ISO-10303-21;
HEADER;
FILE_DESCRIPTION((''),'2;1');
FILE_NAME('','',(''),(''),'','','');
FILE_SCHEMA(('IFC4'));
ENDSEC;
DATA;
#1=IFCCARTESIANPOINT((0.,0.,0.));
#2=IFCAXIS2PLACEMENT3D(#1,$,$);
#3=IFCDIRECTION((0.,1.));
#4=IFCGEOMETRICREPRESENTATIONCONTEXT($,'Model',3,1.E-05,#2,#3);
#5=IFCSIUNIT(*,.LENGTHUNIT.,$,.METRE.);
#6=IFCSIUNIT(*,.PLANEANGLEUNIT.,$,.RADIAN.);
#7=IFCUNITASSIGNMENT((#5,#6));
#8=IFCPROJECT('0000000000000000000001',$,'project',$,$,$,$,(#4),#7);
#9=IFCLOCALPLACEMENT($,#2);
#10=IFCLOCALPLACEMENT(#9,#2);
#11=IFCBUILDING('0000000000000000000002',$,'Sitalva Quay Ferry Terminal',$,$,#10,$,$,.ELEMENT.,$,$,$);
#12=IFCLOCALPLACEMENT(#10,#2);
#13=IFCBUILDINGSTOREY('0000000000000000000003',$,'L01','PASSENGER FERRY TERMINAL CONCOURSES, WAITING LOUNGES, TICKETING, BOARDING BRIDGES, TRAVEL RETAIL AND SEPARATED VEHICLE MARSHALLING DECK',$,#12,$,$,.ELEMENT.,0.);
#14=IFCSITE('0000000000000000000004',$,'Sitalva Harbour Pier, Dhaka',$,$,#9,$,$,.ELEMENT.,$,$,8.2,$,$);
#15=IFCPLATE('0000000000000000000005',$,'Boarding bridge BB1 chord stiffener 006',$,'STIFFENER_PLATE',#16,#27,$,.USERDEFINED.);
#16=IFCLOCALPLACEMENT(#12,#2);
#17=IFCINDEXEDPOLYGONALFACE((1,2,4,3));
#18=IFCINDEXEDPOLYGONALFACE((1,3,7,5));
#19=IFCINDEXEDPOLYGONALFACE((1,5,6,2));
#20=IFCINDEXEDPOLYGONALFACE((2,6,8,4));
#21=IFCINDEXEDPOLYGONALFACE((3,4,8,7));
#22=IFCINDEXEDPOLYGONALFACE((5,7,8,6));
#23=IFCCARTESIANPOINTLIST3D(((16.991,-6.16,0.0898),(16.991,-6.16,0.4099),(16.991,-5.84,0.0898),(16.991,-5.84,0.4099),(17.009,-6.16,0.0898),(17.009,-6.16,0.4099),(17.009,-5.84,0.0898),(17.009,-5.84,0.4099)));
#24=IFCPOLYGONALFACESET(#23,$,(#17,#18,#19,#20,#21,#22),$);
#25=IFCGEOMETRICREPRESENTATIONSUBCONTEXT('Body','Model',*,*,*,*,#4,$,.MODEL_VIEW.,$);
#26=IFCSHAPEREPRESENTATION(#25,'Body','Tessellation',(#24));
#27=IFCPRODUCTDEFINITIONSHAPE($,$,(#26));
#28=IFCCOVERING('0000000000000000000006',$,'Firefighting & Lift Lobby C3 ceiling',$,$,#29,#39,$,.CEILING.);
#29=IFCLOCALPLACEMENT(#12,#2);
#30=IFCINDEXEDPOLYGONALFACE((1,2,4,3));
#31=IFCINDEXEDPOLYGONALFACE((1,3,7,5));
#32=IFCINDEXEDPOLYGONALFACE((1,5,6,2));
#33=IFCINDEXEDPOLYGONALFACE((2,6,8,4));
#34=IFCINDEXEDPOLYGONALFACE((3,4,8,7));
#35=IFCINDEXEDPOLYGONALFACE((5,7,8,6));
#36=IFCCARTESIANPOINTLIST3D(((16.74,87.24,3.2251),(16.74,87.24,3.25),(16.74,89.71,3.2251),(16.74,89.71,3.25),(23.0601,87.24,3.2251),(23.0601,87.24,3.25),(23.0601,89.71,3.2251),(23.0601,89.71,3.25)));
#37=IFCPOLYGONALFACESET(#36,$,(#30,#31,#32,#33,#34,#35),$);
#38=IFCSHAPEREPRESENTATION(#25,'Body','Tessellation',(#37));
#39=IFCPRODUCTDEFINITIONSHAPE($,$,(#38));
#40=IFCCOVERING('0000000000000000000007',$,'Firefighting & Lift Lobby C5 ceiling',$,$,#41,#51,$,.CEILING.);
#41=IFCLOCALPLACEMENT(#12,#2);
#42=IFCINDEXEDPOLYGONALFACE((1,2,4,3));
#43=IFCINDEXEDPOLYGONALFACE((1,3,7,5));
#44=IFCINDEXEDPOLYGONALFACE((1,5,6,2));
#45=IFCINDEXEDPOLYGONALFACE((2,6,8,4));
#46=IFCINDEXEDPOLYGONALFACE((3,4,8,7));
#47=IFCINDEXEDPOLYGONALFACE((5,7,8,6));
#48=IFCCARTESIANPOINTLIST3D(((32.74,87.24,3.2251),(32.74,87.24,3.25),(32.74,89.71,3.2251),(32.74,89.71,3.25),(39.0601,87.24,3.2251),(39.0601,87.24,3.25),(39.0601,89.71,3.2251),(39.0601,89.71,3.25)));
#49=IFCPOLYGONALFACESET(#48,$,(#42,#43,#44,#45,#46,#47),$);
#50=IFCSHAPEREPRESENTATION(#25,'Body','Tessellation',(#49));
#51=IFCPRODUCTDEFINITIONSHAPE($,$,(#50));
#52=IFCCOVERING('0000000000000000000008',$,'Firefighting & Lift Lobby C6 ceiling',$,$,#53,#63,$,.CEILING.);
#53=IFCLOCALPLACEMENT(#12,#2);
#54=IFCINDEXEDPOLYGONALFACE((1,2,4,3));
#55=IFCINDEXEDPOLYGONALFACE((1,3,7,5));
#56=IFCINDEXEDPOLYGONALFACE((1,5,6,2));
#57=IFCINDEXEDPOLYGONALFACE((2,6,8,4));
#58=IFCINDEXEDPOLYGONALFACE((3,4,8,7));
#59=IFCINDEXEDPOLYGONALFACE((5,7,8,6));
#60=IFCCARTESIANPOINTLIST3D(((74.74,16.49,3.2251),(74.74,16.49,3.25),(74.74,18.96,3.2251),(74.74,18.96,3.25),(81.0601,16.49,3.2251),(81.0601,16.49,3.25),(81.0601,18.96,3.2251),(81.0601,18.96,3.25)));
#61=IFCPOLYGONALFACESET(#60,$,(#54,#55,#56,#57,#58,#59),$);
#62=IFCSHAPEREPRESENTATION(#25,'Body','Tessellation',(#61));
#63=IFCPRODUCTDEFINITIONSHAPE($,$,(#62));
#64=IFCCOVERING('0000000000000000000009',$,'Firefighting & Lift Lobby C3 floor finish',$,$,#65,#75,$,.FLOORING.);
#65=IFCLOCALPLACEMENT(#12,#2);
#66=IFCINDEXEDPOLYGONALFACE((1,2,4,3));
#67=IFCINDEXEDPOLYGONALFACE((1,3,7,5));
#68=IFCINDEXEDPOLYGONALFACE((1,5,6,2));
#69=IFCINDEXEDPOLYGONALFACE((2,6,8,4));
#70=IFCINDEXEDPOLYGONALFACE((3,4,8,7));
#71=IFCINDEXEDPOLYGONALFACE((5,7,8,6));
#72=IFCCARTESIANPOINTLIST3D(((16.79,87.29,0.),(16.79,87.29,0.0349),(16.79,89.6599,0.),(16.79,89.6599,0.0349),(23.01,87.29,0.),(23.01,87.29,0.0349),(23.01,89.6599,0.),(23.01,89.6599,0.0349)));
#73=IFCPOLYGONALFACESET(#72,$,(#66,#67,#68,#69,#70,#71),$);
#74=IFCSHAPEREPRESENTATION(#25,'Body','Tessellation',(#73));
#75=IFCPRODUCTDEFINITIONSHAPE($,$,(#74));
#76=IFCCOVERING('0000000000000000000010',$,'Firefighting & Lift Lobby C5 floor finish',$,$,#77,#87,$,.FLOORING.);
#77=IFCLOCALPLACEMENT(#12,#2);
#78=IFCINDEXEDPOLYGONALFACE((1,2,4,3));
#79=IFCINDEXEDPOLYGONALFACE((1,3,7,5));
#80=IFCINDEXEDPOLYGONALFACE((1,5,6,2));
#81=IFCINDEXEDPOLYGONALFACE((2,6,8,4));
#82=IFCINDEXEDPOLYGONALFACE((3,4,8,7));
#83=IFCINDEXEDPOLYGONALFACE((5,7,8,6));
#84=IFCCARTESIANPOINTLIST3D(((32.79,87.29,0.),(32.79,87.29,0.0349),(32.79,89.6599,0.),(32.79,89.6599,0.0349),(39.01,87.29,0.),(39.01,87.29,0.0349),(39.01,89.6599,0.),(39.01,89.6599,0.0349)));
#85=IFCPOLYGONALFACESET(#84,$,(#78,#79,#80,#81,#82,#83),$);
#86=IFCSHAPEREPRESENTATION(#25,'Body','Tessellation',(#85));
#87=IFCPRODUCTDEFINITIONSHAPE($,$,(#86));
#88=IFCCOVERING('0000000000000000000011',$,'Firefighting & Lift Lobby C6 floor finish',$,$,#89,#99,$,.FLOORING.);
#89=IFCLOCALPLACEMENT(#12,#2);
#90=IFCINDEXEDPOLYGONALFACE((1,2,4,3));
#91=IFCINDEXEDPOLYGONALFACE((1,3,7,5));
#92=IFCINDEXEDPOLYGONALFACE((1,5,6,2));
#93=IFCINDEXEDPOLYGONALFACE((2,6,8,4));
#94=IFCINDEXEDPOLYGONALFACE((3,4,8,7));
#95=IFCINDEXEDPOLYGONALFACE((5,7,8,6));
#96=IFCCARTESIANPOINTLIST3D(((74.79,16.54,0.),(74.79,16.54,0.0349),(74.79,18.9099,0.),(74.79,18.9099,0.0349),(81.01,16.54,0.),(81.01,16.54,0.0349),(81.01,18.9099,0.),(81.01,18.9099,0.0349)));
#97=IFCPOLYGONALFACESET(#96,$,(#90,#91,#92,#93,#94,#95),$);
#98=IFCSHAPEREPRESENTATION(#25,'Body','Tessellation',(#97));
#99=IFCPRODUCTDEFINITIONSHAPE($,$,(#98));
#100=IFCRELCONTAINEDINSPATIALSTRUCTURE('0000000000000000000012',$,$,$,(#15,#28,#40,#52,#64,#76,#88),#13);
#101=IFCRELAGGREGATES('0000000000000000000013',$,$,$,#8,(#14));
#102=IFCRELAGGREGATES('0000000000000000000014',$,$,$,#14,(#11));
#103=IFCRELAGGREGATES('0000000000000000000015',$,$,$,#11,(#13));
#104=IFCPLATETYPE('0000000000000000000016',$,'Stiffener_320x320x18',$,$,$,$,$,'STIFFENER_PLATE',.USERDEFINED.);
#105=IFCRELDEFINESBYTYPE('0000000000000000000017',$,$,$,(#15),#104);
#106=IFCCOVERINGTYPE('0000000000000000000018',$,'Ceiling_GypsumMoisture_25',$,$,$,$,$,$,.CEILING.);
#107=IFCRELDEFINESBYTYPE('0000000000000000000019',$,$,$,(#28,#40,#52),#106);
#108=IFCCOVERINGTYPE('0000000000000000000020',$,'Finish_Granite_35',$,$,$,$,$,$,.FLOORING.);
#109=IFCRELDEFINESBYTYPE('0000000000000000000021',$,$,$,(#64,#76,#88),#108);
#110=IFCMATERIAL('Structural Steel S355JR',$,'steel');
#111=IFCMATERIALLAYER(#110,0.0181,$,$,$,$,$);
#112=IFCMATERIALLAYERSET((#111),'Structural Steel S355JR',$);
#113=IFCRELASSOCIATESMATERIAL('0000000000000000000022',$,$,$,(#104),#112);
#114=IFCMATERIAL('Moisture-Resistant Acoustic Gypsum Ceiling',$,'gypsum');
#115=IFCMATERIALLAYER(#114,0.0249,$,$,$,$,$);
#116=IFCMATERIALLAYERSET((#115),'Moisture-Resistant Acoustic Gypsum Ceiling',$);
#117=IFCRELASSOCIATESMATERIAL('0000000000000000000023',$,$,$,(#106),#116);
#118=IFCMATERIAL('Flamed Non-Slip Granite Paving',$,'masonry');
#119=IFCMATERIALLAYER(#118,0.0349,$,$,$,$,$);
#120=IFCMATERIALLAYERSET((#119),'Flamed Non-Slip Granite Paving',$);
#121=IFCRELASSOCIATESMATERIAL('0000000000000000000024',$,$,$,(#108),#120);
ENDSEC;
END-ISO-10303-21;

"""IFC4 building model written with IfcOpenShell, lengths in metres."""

from ifc_helpers import new_model, si_unit, direction, frame, origin, origin_2d, place, context, subcontext, project, spatial, polyline, rectangle, outline, extrude, material, layer, layer_set, type_object, element, save


model = new_model("IFC4")

# Units and contexts
model_context = context("Model", 3, precision=1e-05, world=origin(), true_north=direction((0.0, 1.0)))
body_context = subcontext(model_context, "Body", "Model", "MODEL_VIEW")
ifc_project = project(units=[si_unit("LENGTHUNIT", "METRE"), si_unit("PLANEANGLEUNIT", "RADIAN")], contexts=[model_context])

# Site, building, storey
site_placement = place(None, origin())
site = spatial("IfcSite", under=ifc_project, at=site_placement, Name="Sitalva Harbour Pier, Dhaka", CompositionType="ELEMENT", RefElevation=8.2)
building_placement = place(site_placement, origin())
building = spatial("IfcBuilding", under=site, at=building_placement, Name="Sitalva Quay Ferry Terminal", CompositionType="ELEMENT")
storey_placement = place(building_placement, origin())
storey = spatial("IfcBuildingStorey", under=building, at=storey_placement, Name="L01", Description="PASSENGER FERRY TERMINAL CONCOURSES, WAITING LOUNGES, TICKETING, BOARDING BRIDGES, TRAVEL RETAIL AND SEPARATED VEHICLE MARSHALLING DECK", CompositionType="ELEMENT", Elevation=0.0)

# Plate
ifc_material_1 = material(Name="Structural Steel S355JR", Category="steel")
ifc_layer_1 = layer(ifc_material_1, 0.0181)
ifc_layer_set_1 = layer_set([ifc_layer_1], Name="Structural Steel S355JR")
plate_type_1 = type_object("IfcPlateType", Name="Stiffener_320x320x18", ElementType="STIFFENER_PLATE", PredefinedType="USERDEFINED", material=ifc_layer_set_1)
plate_1_placement = place(storey_placement, frame((17.0, -6.0, 0.0898), z_axis=(0.0, 0.0, 1.0), x_axis=(1.0, 0.0, 0.0)))
element("IfcPlate", 1, at=plate_1_placement, inside=storey, type_object=plate_type_1, Name="Boarding bridge BB1 chord stiffener 006", ObjectType="STIFFENER_PLATE", PredefinedType="USERDEFINED", context=body_context, shape_type="SweptSolid", body=[
    extrude(rectangle(XDim=0.0181, YDim=0.3201, at=origin_2d()), origin(), (0.0, 0.0, 1.0), 0.3201),
])

# Coverings
ifc_material_2 = material(Name="Moisture-Resistant Acoustic Gypsum Ceiling", Category="gypsum")
ifc_layer_2 = layer(ifc_material_2, 0.0249)
ifc_layer_set_2 = layer_set([ifc_layer_2], Name="Moisture-Resistant Acoustic Gypsum Ceiling")
covering_type_1 = type_object("IfcCoveringType", Name="Ceiling_GypsumMoisture_25", PredefinedType="CEILING", material=ifc_layer_set_2)
covering_1_placement = place(storey_placement, frame((0.0, 0.0, 3.2251)))
element("IfcCovering", 2, at=covering_1_placement, inside=storey, type_object=covering_type_1, Name="Firefighting & Lift Lobby C3 ceiling", PredefinedType="CEILING", context=body_context, shape_type="SweptSolid", body=[
    extrude(outline(polyline([(16.74, 87.24), (23.0601, 87.24), (23.0601, 89.71), (16.74, 89.71), (16.74, 87.24)])), origin(), (0.0, 0.0, 1.0), 0.0249),
])
covering_2_placement = place(storey_placement, frame((0.0, 0.0, 3.2251)))
element("IfcCovering", 3, at=covering_2_placement, inside=storey, type_object=covering_type_1, Name="Firefighting & Lift Lobby C5 ceiling", PredefinedType="CEILING", context=body_context, shape_type="SweptSolid", body=[
    extrude(outline(polyline([(32.74, 87.24), (39.0601, 87.24), (39.0601, 89.71), (32.74, 89.71), (32.74, 87.24)])), origin(), (0.0, 0.0, 1.0), 0.0249),
])
covering_3_placement = place(storey_placement, frame((0.0, 0.0, 3.2251)))
element("IfcCovering", 4, at=covering_3_placement, inside=storey, type_object=covering_type_1, Name="Firefighting & Lift Lobby C6 ceiling", PredefinedType="CEILING", context=body_context, shape_type="SweptSolid", body=[
    extrude(outline(polyline([(74.74, 16.49), (81.0601, 16.49), (81.0601, 18.96), (74.74, 18.96), (74.74, 16.49)])), origin(), (0.0, 0.0, 1.0), 0.0249),
])
ifc_material_3 = material(Name="Flamed Non-Slip Granite Paving", Category="masonry")
ifc_layer_3 = layer(ifc_material_3, 0.0349)
ifc_layer_set_3 = layer_set([ifc_layer_3], Name="Flamed Non-Slip Granite Paving")
covering_type_2 = type_object("IfcCoveringType", Name="Finish_Granite_35", PredefinedType="FLOORING", material=ifc_layer_set_3)
covering_4_placement = place(storey_placement, origin())
element("IfcCovering", 5, at=covering_4_placement, inside=storey, type_object=covering_type_2, Name="Firefighting & Lift Lobby C3 floor finish", PredefinedType="FLOORING", context=body_context, shape_type="SweptSolid", body=[
    extrude(outline(polyline([(16.79, 87.29), (23.01, 87.29), (23.01, 89.6599), (16.79, 89.6599), (16.79, 87.29)])), origin(), (0.0, 0.0, 1.0), 0.0349),
])
covering_5_placement = place(storey_placement, origin())
element("IfcCovering", 6, at=covering_5_placement, inside=storey, type_object=covering_type_2, Name="Firefighting & Lift Lobby C5 floor finish", PredefinedType="FLOORING", context=body_context, shape_type="SweptSolid", body=[
    extrude(outline(polyline([(32.79, 87.29), (39.01, 87.29), (39.01, 89.6599), (32.79, 89.6599), (32.79, 87.29)])), origin(), (0.0, 0.0, 1.0), 0.0349),
])
covering_6_placement = place(storey_placement, origin())
element("IfcCovering", 7, at=covering_6_placement, inside=storey, type_object=covering_type_2, Name="Firefighting & Lift Lobby C6 floor finish", PredefinedType="FLOORING", context=body_context, shape_type="SweptSolid", body=[
    extrude(outline(polyline([(74.79, 16.54), (81.01, 16.54), (81.01, 18.9099), (74.79, 18.9099), (74.79, 16.54)])), origin(), (0.0, 0.0, 1.0), 0.0349),
])

save(model, "model.ifc")
